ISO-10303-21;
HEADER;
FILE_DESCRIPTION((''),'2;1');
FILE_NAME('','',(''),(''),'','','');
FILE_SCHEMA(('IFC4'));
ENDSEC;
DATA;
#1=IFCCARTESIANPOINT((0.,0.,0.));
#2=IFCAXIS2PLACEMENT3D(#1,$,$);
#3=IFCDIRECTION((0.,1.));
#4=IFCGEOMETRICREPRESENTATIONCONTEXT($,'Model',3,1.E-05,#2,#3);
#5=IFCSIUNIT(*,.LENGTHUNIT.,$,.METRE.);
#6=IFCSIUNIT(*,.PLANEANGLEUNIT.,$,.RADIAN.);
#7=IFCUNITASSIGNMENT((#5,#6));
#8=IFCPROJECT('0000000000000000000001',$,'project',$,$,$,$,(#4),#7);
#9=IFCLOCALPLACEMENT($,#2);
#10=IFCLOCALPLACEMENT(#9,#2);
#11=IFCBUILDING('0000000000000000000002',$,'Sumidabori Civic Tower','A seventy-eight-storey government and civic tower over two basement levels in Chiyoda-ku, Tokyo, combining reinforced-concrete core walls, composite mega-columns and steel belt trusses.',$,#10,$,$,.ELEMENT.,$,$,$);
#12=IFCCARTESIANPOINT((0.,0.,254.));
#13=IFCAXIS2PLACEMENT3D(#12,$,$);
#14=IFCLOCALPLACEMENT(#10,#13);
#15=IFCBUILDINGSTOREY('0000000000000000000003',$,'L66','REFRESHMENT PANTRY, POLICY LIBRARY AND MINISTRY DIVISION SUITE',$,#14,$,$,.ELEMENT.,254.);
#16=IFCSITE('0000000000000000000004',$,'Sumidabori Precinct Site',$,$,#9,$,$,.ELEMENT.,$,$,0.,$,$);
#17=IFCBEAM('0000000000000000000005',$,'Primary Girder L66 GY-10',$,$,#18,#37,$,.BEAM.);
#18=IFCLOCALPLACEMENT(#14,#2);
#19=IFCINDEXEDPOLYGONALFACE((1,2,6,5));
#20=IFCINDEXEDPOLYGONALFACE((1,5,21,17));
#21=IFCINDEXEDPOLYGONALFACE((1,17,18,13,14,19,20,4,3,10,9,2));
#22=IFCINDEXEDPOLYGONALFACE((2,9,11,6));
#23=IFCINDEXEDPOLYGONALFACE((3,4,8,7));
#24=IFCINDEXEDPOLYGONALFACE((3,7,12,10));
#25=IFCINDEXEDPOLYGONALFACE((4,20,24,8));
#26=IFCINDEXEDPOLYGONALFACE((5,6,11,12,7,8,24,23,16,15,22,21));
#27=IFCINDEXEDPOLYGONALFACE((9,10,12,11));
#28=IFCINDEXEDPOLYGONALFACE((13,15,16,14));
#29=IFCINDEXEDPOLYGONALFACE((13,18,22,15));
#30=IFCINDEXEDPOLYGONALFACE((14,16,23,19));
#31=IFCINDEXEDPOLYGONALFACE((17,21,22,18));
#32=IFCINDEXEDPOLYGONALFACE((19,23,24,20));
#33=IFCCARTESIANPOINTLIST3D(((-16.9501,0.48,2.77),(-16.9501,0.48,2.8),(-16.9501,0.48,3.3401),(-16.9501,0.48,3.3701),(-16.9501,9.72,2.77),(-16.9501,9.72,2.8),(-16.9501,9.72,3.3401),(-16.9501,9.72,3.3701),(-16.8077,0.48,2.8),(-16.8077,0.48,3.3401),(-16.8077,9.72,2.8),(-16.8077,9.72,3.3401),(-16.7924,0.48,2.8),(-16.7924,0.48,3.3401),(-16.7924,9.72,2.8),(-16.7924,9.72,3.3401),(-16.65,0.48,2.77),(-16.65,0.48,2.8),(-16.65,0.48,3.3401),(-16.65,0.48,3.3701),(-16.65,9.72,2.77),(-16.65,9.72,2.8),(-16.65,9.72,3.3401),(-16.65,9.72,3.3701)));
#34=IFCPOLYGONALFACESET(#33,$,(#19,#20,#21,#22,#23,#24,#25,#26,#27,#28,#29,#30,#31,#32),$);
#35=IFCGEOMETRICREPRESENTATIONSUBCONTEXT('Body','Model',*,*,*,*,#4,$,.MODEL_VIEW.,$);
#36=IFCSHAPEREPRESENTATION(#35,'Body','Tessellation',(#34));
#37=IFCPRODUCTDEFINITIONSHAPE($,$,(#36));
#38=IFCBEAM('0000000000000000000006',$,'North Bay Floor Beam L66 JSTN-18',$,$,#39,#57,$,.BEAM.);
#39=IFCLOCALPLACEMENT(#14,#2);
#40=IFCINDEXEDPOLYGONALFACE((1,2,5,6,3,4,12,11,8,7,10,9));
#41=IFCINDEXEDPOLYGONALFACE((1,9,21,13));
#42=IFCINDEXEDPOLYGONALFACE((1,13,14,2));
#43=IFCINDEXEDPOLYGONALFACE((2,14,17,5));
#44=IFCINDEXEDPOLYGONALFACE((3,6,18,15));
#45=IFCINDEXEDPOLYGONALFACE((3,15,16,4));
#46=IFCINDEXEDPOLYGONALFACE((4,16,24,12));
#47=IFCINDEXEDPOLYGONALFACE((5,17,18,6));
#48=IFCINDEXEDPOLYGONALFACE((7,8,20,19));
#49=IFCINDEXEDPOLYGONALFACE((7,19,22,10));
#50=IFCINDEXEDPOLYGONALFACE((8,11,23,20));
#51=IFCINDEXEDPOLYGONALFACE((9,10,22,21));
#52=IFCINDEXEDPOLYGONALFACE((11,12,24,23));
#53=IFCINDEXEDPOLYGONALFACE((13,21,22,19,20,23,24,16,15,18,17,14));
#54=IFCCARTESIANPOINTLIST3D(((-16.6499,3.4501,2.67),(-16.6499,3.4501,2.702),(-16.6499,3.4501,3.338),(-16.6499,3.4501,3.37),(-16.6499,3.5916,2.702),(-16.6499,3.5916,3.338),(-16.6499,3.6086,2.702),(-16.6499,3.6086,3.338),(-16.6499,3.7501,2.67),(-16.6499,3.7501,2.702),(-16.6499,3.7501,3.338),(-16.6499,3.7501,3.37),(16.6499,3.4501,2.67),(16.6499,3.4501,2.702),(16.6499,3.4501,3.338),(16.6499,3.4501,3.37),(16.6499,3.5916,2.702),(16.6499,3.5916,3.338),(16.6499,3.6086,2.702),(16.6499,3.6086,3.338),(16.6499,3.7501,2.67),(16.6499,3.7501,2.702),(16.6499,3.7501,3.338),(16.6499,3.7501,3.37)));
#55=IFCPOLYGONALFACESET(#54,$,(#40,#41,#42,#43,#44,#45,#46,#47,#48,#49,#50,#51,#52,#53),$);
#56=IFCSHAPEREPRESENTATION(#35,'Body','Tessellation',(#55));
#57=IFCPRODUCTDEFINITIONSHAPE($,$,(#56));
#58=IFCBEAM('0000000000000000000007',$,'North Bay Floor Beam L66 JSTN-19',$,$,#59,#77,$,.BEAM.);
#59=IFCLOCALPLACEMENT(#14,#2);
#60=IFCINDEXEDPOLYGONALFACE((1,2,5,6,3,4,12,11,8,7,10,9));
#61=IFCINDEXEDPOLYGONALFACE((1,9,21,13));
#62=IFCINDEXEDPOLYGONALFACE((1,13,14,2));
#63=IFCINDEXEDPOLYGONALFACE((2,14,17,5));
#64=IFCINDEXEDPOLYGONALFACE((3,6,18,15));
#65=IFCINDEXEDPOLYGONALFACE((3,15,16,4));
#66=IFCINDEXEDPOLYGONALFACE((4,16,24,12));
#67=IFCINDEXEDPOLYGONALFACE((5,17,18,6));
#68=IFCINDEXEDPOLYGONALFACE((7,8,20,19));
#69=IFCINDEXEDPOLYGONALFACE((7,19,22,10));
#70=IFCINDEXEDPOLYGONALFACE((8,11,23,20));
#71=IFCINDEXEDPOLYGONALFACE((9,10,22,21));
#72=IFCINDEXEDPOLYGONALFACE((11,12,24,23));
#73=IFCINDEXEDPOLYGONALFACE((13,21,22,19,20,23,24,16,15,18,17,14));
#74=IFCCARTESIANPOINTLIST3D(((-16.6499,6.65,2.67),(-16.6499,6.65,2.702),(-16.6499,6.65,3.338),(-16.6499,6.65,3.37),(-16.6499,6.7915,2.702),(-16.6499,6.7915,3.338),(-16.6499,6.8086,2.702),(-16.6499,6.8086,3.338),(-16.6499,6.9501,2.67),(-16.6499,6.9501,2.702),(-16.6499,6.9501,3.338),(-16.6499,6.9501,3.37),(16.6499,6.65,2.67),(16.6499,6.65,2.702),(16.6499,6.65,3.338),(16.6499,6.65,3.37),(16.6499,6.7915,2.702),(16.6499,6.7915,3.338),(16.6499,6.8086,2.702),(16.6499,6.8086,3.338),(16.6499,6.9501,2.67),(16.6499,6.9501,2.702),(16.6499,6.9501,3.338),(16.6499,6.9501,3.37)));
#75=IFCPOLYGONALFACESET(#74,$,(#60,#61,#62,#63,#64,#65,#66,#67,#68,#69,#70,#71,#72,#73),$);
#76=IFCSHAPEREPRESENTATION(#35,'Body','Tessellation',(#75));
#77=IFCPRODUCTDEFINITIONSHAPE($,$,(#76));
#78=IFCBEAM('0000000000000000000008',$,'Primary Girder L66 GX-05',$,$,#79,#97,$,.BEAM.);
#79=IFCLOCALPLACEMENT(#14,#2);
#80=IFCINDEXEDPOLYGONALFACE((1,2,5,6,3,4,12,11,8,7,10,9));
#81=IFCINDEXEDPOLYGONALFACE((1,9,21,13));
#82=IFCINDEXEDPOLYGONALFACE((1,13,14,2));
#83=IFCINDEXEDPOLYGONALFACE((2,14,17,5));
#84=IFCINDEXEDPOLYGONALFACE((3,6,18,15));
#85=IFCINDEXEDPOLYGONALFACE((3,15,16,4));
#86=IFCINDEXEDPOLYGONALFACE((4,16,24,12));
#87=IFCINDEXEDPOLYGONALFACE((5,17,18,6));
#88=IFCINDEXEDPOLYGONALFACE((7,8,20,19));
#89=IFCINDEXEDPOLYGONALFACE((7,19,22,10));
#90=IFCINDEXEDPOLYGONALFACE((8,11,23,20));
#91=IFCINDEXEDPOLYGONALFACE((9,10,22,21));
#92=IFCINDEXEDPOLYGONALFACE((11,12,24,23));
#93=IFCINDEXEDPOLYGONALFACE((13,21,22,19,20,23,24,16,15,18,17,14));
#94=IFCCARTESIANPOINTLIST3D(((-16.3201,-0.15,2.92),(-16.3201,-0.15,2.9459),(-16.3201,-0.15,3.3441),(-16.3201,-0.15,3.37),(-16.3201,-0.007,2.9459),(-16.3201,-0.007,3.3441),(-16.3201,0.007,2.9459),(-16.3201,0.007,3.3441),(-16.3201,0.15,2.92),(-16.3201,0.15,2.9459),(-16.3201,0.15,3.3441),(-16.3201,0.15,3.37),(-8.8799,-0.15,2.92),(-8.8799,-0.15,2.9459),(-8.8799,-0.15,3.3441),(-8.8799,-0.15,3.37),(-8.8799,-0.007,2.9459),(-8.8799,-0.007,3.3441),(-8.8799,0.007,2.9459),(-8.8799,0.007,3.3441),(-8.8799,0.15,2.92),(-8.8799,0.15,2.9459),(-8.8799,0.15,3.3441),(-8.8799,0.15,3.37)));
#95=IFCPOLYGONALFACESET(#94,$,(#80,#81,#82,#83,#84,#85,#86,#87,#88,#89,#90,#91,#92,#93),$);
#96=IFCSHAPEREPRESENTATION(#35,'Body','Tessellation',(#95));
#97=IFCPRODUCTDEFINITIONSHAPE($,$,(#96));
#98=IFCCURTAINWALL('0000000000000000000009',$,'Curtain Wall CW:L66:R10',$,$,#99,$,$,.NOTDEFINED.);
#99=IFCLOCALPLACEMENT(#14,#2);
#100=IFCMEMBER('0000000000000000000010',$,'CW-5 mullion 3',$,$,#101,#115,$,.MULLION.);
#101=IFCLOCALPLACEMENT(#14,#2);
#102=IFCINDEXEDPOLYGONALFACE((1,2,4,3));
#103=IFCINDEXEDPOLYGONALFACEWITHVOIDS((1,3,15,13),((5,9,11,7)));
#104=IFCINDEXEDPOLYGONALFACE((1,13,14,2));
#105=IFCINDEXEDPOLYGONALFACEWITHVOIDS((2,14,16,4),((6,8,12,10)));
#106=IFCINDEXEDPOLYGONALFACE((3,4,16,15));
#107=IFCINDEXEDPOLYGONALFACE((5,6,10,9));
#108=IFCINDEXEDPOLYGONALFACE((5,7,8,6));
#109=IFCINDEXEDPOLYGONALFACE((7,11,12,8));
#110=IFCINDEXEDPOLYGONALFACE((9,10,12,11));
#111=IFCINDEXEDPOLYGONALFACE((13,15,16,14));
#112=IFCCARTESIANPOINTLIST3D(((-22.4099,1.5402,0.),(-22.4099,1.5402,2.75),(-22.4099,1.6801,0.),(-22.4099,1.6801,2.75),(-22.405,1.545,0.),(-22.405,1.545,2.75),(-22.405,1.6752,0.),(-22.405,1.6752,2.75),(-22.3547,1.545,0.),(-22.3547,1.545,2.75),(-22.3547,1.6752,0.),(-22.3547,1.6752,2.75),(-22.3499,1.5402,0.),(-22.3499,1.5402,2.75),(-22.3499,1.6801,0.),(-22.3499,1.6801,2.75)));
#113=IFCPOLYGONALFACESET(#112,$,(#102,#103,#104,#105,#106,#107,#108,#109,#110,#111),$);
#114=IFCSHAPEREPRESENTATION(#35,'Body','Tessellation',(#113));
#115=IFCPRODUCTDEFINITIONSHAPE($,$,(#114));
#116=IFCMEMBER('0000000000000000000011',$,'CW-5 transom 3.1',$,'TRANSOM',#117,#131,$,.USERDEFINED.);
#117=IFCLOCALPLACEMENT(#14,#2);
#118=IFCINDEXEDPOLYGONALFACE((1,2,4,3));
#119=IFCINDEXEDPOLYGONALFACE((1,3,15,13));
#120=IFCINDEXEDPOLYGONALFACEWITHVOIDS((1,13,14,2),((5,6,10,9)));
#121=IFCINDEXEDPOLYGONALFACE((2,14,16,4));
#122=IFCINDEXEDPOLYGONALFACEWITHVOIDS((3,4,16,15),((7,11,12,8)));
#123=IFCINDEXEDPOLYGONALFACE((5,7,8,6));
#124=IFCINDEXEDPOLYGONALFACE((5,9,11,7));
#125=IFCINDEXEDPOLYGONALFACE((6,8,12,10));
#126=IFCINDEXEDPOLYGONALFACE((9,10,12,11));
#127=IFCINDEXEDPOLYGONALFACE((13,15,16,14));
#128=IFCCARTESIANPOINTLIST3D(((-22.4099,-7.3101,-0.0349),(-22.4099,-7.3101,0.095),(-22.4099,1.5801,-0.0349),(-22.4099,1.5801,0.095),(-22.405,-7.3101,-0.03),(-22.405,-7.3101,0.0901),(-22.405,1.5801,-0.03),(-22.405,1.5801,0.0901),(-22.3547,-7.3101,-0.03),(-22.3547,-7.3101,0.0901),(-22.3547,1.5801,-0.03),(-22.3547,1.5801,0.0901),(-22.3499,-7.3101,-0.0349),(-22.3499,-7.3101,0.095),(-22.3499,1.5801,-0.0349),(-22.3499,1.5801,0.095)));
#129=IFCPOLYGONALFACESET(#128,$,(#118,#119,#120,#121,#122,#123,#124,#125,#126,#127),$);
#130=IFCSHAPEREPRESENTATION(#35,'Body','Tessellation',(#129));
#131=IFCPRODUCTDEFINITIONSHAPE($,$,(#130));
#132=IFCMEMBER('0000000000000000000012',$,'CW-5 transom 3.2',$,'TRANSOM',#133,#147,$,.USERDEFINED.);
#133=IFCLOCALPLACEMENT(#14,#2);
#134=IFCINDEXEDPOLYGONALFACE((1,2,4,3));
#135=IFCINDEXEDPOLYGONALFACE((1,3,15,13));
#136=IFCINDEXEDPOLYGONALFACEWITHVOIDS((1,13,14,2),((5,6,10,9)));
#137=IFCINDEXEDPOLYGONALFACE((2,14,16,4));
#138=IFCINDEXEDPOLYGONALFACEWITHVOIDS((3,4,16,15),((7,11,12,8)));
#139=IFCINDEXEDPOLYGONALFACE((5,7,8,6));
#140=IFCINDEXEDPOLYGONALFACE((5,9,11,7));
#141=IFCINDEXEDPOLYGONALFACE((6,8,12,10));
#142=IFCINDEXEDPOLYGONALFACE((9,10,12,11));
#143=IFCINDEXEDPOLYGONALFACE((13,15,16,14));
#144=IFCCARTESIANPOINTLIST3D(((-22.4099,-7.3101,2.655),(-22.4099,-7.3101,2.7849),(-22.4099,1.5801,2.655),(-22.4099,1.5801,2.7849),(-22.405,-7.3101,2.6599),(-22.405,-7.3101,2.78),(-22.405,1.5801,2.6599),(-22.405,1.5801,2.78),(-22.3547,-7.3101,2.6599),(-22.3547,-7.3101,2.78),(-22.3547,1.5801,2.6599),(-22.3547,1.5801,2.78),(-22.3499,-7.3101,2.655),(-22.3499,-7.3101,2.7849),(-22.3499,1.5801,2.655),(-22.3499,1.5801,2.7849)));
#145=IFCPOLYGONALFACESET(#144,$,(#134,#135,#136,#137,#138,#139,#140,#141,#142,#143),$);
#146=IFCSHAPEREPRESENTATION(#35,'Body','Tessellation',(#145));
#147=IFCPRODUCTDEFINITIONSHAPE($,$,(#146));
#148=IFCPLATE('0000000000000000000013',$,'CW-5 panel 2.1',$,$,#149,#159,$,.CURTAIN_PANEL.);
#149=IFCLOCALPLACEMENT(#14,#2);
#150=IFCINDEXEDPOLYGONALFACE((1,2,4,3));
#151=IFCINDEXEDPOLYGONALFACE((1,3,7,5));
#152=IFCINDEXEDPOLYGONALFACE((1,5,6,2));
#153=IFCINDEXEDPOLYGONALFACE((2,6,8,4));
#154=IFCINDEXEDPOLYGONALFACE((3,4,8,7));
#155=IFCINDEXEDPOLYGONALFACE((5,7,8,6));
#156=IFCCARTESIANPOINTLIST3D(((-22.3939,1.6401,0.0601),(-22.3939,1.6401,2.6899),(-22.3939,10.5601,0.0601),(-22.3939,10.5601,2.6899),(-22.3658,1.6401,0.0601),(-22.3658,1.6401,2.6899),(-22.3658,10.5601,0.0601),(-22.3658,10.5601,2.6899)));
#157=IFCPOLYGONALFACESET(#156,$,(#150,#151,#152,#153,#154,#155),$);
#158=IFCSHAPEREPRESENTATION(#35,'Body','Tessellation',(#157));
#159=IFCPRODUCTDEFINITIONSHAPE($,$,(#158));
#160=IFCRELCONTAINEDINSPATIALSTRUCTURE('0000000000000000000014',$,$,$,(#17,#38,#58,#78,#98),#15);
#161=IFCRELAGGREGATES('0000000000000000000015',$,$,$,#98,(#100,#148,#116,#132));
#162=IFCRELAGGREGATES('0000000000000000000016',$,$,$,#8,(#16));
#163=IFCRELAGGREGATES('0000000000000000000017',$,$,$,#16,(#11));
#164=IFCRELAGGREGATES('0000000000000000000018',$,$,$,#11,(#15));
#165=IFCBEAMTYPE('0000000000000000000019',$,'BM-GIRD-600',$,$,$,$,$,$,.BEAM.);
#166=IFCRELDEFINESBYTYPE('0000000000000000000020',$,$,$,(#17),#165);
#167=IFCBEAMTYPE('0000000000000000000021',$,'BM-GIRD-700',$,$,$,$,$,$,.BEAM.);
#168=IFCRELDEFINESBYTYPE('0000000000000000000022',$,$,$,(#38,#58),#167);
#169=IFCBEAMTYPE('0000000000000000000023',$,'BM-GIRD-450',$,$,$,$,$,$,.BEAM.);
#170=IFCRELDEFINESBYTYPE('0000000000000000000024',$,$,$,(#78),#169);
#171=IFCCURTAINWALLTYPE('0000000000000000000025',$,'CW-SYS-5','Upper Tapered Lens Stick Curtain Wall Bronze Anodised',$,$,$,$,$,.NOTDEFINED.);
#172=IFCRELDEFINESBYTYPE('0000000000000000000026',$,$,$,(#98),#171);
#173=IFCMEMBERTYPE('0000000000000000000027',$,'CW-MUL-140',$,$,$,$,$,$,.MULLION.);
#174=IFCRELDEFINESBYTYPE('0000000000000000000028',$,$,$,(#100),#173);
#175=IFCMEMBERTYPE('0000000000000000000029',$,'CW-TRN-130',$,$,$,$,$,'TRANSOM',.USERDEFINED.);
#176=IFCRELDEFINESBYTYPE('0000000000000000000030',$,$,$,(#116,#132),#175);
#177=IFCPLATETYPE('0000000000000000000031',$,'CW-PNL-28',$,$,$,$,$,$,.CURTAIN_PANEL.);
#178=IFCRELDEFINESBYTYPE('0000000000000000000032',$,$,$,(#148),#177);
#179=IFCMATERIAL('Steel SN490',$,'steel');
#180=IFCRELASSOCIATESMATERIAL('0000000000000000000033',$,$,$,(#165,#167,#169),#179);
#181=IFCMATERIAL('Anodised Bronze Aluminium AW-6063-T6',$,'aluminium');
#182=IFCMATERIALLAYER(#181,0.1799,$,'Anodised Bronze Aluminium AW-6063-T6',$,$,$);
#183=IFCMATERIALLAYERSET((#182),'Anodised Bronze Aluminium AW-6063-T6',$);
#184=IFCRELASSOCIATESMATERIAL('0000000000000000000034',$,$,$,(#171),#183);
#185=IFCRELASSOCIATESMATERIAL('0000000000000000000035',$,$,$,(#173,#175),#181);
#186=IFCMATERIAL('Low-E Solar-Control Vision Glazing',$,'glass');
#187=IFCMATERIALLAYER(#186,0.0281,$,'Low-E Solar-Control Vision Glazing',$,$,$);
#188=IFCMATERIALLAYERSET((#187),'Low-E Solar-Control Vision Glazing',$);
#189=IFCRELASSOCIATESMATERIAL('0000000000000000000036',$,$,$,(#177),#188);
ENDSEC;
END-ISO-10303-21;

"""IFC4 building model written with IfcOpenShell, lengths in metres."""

from ifc_helpers import new_model, si_unit, direction, frame, origin, origin_2d, place, context, subcontext, project, spatial, rectangle, hollow_rectangle, i_section, extrude, source, transform, mapped, material, layer, layer_set, material_profile, profile_set, type_object, element, aggregate, save


model = new_model("IFC4")

# Units and contexts
model_context = context("Model", 3, precision=1e-05, world=origin(), true_north=direction((0.0, 1.0)))
body_context = subcontext(model_context, "Body", "Model", "MODEL_VIEW")
ifc_project = project(units=[si_unit("LENGTHUNIT", "METRE"), si_unit("PLANEANGLEUNIT", "RADIAN")], contexts=[model_context])

# Site, building, storey
site_placement = place(None, origin())
site = spatial("IfcSite", under=ifc_project, at=site_placement, Name="Sumidabori Precinct Site", CompositionType="ELEMENT", RefElevation=0.0)
building_placement = place(site_placement, origin())
building = spatial("IfcBuilding", under=site, at=building_placement, Name="Sumidabori Civic Tower", Description="A seventy-eight-storey government and civic tower over two basement levels in Chiyoda-ku, Tokyo, combining reinforced-concrete core walls, composite mega-columns and steel belt trusses.", CompositionType="ELEMENT")
storey_placement = place(building_placement, frame((0.0, 0.0, 254.0)))
storey = spatial("IfcBuildingStorey", under=building, at=storey_placement, Name="L66", Description="REFRESHMENT PANTRY, POLICY LIBRARY AND MINISTRY DIVISION SUITE", CompositionType="ELEMENT", Elevation=254.0)

# Beams
ifc_material_1 = material(Name="Steel SN490", Category="steel")
ifc_material_profile_1 = material_profile(ifc_material_1, i_section(OverallWidth=0.3, OverallDepth=0.6001, WebThickness=0.0154, FlangeThickness=0.03, at=origin_2d()), Name="HE 600 B")
ifc_profile_set_1 = profile_set([ifc_material_profile_1], Name="Steel SN490")
beam_type_1 = type_object("IfcBeamType", Name="BM-GIRD-600", PredefinedType="BEAM", material=ifc_profile_set_1)
shared_shape_1 = source(origin(), body_context, "Body", "SweptSolid", [
    extrude(i_section(OverallWidth=0.3, OverallDepth=0.6001, WebThickness=0.0154, FlangeThickness=0.03, at=origin_2d()), origin(), (0.0, 0.0, 1.0), 9.24),
])
beam_1_placement = place(storey_placement, frame((-16.8, 0.48, 3.0701), z_axis=(0.0, 1.0, 0.0), x_axis=(-1.0, 0.0, 0.0)))
element("IfcBeam", 1, at=beam_1_placement, inside=storey, type_object=beam_type_1, Name="Primary Girder L66 GY-10", PredefinedType="BEAM", context=body_context, shape_type="MappedRepresentation", body=[
    mapped(shared_shape_1, transform((0.0, 0.0, 0.0), x_axis=(1.0, 0.0, 0.0), y_axis=(0.0, 1.0, 0.0), z_axis=(0.0, 0.0, 1.0), scale=1.0)),
])
ifc_material_profile_2 = material_profile(ifc_material_1, i_section(OverallWidth=0.3, OverallDepth=0.7, WebThickness=0.0171, FlangeThickness=0.032, at=origin_2d()), Name="HE 700 B")
ifc_profile_set_2 = profile_set([ifc_material_profile_2], Name="Steel SN490")
beam_type_2 = type_object("IfcBeamType", Name="BM-GIRD-700", PredefinedType="BEAM", material=ifc_profile_set_2)
shared_shape_2 = source(origin(), body_context, "Body", "SweptSolid", [
    extrude(i_section(OverallWidth=0.3, OverallDepth=0.7, WebThickness=0.0171, FlangeThickness=0.032, at=origin_2d()), origin(), (0.0, 0.0, 1.0), 33.2998),
])
for number, where, z_axis, x_axis, name in (
    (2, (-16.6499, 3.6001, 3.02), (1.0, 0.0, 0.0), (0.0, 1.0, 0.0), "North Bay Floor Beam L66 JSTN-18"),
    (3, (-16.6499, 6.8, 3.02), (1.0, 0.0, 0.0), (0.0, 1.0, 0.0), "North Bay Floor Beam L66 JSTN-19"),
):
    element("IfcBeam", number, at=place(storey_placement, frame(where, z_axis=z_axis, x_axis=x_axis)), inside=storey, type_object=beam_type_2, Name=name, PredefinedType="BEAM", context=body_context, shape_type="MappedRepresentation", body=[
        mapped(shared_shape_2, transform((0.0, 0.0, 0.0), x_axis=(1.0, 0.0, 0.0), y_axis=(0.0, 1.0, 0.0), z_axis=(0.0, 0.0, 1.0), scale=1.0)),
    ])
ifc_material_profile_3 = material_profile(ifc_material_1, i_section(OverallWidth=0.3, OverallDepth=0.45, WebThickness=0.0139, FlangeThickness=0.0259, at=origin_2d()), Name="HE 450 B")
ifc_profile_set_3 = profile_set([ifc_material_profile_3], Name="Steel SN490")
beam_type_3 = type_object("IfcBeamType", Name="BM-GIRD-450", PredefinedType="BEAM", material=ifc_profile_set_3)
shared_shape_3 = source(origin(), body_context, "Body", "SweptSolid", [
    extrude(i_section(OverallWidth=0.3, OverallDepth=0.45, WebThickness=0.0139, FlangeThickness=0.0259, at=origin_2d()), origin(), (0.0, 0.0, 1.0), 7.4402),
])
beam_2_placement = place(storey_placement, frame((-16.3201, 0.0, 3.145), z_axis=(1.0, 0.0, 0.0), x_axis=(0.0, 1.0, 0.0)))
element("IfcBeam", 4, at=beam_2_placement, inside=storey, type_object=beam_type_3, Name="Primary Girder L66 GX-05", PredefinedType="BEAM", context=body_context, shape_type="MappedRepresentation", body=[
    mapped(shared_shape_3, transform((0.0, 0.0, 0.0), x_axis=(1.0, 0.0, 0.0), y_axis=(0.0, 1.0, 0.0), z_axis=(0.0, 0.0, 1.0), scale=1.0)),
])

# Curtain wall, members, plate
ifc_material_2 = material(Name="Anodised Bronze Aluminium AW-6063-T6", Category="aluminium")
ifc_layer_1 = layer(ifc_material_2, 0.1799, Name="Anodised Bronze Aluminium AW-6063-T6")
ifc_layer_set_1 = layer_set([ifc_layer_1], Name="Anodised Bronze Aluminium AW-6063-T6")
curtain_wall_type = type_object("IfcCurtainWallType", Name="CW-SYS-5", Description="Upper Tapered Lens Stick Curtain Wall Bronze Anodised", PredefinedType="NOTDEFINED", material=ifc_layer_set_1)
curtain_wall_placement = place(storey_placement, origin())
curtain_wall = element("IfcCurtainWall", 5, at=curtain_wall_placement, inside=storey, type_object=curtain_wall_type, Name="Curtain Wall CW:L66:R10", PredefinedType="NOTDEFINED")
ifc_material_profile_4 = material_profile(ifc_material_2, hollow_rectangle(XDim=0.0601, YDim=0.1399, WallThickness=0.0049, at=origin_2d()), Name="ALU MULLION 140x60")
ifc_profile_set_4 = profile_set([ifc_material_profile_4], Name="Anodised Bronze Aluminium AW-6063-T6")
member_type_1 = type_object("IfcMemberType", Name="CW-MUL-140", PredefinedType="MULLION", material=ifc_profile_set_4)
shared_shape_4 = source(origin(), body_context, "Body", "SweptSolid", [
    extrude(hollow_rectangle(XDim=0.0601, YDim=0.1399, WallThickness=0.0049, at=origin_2d()), origin(), (0.0, 0.0, 1.0), 2.75),
])
member_1_placement = place(storey_placement, frame((-22.3799, 1.6101, 0.0), z_axis=(0.0, 0.0, 1.0), x_axis=(1.0, 0.0, 0.0)))
member_1 = element("IfcMember", 6, at=member_1_placement, type_object=member_type_1, Name="CW-5 mullion 3", PredefinedType="MULLION", context=body_context, shape_type="MappedRepresentation", body=[
    mapped(shared_shape_4, transform((0.0, 0.0, 0.0), x_axis=(1.0, 0.0, 0.0), y_axis=(0.0, 1.0, 0.0), z_axis=(0.0, 0.0, 1.0), scale=1.0)),
])
ifc_material_profile_5 = material_profile(ifc_material_2, hollow_rectangle(XDim=0.0601, YDim=0.1299, WallThickness=0.0049, at=origin_2d()), Name="ALU TRANSOM 130x60")
ifc_profile_set_5 = profile_set([ifc_material_profile_5], Name="Anodised Bronze Aluminium AW-6063-T6")
member_type_2 = type_object("IfcMemberType", Name="CW-TRN-130", ElementType="TRANSOM", PredefinedType="USERDEFINED", material=ifc_profile_set_5)
shared_shape_5 = source(origin(), body_context, "Body", "SweptSolid", [
    extrude(hollow_rectangle(XDim=0.0601, YDim=0.1299, WallThickness=0.0049, at=origin_2d()), origin(), (0.0, 0.0, 1.0), 8.8901),
])
member_2_placement = place(storey_placement, frame((-22.3799, 1.5801, 0.03), z_axis=(0.0, -1.0, 0.0), x_axis=(1.0, 0.0, 0.0)))
member_2 = element("IfcMember", 7, at=member_2_placement, type_object=member_type_2, Name="CW-5 transom 3.1", ObjectType="TRANSOM", PredefinedType="USERDEFINED", context=body_context, shape_type="MappedRepresentation", body=[
    mapped(shared_shape_5, transform((0.0, 0.0, 0.0), x_axis=(1.0, 0.0, 0.0), y_axis=(0.0, 1.0, 0.0), z_axis=(0.0, 0.0, 1.0), scale=1.0)),
])
member_3_placement = place(storey_placement, frame((-22.3799, 1.5801, 2.72), z_axis=(0.0, -1.0, 0.0), x_axis=(1.0, 0.0, 0.0)))
member_3 = element("IfcMember", 8, at=member_3_placement, type_object=member_type_2, Name="CW-5 transom 3.2", ObjectType="TRANSOM", PredefinedType="USERDEFINED", context=body_context, shape_type="MappedRepresentation", body=[
    mapped(shared_shape_5, transform((0.0, 0.0, 0.0), x_axis=(1.0, 0.0, 0.0), y_axis=(0.0, 1.0, 0.0), z_axis=(0.0, 0.0, 1.0), scale=1.0)),
])
ifc_material_3 = material(Name="Low-E Solar-Control Vision Glazing", Category="glass")
ifc_layer_2 = layer(ifc_material_3, 0.0281, Name="Low-E Solar-Control Vision Glazing")
ifc_layer_set_2 = layer_set([ifc_layer_2], Name="Low-E Solar-Control Vision Glazing")
plate_type = type_object("IfcPlateType", Name="CW-PNL-28", PredefinedType="CURTAIN_PANEL", material=ifc_layer_set_2)
shared_shape_6 = source(origin(), body_context, "Body", "SweptSolid", [
    extrude(rectangle(XDim=8.9199, YDim=0.0281, at=origin_2d()), origin(), (0.0, 0.0, 1.0), 2.6299),
])
plate_placement = place(storey_placement, frame((-22.3799, 6.1001, 0.0601), z_axis=(0.0, 0.0, 1.0), x_axis=(0.0, -1.0, 0.0)))
plate = element("IfcPlate", 9, at=plate_placement, type_object=plate_type, Name="CW-5 panel 2.1", PredefinedType="CURTAIN_PANEL", context=body_context, shape_type="MappedRepresentation", body=[
    mapped(shared_shape_6, transform((0.0, 0.0, 0.0), x_axis=(1.0, 0.0, 0.0), y_axis=(0.0, 1.0, 0.0), z_axis=(0.0, 0.0, 1.0), scale=1.0)),
])
aggregate(curtain_wall, [member_1, plate, member_2, member_3])

save(model, "model.ifc")
